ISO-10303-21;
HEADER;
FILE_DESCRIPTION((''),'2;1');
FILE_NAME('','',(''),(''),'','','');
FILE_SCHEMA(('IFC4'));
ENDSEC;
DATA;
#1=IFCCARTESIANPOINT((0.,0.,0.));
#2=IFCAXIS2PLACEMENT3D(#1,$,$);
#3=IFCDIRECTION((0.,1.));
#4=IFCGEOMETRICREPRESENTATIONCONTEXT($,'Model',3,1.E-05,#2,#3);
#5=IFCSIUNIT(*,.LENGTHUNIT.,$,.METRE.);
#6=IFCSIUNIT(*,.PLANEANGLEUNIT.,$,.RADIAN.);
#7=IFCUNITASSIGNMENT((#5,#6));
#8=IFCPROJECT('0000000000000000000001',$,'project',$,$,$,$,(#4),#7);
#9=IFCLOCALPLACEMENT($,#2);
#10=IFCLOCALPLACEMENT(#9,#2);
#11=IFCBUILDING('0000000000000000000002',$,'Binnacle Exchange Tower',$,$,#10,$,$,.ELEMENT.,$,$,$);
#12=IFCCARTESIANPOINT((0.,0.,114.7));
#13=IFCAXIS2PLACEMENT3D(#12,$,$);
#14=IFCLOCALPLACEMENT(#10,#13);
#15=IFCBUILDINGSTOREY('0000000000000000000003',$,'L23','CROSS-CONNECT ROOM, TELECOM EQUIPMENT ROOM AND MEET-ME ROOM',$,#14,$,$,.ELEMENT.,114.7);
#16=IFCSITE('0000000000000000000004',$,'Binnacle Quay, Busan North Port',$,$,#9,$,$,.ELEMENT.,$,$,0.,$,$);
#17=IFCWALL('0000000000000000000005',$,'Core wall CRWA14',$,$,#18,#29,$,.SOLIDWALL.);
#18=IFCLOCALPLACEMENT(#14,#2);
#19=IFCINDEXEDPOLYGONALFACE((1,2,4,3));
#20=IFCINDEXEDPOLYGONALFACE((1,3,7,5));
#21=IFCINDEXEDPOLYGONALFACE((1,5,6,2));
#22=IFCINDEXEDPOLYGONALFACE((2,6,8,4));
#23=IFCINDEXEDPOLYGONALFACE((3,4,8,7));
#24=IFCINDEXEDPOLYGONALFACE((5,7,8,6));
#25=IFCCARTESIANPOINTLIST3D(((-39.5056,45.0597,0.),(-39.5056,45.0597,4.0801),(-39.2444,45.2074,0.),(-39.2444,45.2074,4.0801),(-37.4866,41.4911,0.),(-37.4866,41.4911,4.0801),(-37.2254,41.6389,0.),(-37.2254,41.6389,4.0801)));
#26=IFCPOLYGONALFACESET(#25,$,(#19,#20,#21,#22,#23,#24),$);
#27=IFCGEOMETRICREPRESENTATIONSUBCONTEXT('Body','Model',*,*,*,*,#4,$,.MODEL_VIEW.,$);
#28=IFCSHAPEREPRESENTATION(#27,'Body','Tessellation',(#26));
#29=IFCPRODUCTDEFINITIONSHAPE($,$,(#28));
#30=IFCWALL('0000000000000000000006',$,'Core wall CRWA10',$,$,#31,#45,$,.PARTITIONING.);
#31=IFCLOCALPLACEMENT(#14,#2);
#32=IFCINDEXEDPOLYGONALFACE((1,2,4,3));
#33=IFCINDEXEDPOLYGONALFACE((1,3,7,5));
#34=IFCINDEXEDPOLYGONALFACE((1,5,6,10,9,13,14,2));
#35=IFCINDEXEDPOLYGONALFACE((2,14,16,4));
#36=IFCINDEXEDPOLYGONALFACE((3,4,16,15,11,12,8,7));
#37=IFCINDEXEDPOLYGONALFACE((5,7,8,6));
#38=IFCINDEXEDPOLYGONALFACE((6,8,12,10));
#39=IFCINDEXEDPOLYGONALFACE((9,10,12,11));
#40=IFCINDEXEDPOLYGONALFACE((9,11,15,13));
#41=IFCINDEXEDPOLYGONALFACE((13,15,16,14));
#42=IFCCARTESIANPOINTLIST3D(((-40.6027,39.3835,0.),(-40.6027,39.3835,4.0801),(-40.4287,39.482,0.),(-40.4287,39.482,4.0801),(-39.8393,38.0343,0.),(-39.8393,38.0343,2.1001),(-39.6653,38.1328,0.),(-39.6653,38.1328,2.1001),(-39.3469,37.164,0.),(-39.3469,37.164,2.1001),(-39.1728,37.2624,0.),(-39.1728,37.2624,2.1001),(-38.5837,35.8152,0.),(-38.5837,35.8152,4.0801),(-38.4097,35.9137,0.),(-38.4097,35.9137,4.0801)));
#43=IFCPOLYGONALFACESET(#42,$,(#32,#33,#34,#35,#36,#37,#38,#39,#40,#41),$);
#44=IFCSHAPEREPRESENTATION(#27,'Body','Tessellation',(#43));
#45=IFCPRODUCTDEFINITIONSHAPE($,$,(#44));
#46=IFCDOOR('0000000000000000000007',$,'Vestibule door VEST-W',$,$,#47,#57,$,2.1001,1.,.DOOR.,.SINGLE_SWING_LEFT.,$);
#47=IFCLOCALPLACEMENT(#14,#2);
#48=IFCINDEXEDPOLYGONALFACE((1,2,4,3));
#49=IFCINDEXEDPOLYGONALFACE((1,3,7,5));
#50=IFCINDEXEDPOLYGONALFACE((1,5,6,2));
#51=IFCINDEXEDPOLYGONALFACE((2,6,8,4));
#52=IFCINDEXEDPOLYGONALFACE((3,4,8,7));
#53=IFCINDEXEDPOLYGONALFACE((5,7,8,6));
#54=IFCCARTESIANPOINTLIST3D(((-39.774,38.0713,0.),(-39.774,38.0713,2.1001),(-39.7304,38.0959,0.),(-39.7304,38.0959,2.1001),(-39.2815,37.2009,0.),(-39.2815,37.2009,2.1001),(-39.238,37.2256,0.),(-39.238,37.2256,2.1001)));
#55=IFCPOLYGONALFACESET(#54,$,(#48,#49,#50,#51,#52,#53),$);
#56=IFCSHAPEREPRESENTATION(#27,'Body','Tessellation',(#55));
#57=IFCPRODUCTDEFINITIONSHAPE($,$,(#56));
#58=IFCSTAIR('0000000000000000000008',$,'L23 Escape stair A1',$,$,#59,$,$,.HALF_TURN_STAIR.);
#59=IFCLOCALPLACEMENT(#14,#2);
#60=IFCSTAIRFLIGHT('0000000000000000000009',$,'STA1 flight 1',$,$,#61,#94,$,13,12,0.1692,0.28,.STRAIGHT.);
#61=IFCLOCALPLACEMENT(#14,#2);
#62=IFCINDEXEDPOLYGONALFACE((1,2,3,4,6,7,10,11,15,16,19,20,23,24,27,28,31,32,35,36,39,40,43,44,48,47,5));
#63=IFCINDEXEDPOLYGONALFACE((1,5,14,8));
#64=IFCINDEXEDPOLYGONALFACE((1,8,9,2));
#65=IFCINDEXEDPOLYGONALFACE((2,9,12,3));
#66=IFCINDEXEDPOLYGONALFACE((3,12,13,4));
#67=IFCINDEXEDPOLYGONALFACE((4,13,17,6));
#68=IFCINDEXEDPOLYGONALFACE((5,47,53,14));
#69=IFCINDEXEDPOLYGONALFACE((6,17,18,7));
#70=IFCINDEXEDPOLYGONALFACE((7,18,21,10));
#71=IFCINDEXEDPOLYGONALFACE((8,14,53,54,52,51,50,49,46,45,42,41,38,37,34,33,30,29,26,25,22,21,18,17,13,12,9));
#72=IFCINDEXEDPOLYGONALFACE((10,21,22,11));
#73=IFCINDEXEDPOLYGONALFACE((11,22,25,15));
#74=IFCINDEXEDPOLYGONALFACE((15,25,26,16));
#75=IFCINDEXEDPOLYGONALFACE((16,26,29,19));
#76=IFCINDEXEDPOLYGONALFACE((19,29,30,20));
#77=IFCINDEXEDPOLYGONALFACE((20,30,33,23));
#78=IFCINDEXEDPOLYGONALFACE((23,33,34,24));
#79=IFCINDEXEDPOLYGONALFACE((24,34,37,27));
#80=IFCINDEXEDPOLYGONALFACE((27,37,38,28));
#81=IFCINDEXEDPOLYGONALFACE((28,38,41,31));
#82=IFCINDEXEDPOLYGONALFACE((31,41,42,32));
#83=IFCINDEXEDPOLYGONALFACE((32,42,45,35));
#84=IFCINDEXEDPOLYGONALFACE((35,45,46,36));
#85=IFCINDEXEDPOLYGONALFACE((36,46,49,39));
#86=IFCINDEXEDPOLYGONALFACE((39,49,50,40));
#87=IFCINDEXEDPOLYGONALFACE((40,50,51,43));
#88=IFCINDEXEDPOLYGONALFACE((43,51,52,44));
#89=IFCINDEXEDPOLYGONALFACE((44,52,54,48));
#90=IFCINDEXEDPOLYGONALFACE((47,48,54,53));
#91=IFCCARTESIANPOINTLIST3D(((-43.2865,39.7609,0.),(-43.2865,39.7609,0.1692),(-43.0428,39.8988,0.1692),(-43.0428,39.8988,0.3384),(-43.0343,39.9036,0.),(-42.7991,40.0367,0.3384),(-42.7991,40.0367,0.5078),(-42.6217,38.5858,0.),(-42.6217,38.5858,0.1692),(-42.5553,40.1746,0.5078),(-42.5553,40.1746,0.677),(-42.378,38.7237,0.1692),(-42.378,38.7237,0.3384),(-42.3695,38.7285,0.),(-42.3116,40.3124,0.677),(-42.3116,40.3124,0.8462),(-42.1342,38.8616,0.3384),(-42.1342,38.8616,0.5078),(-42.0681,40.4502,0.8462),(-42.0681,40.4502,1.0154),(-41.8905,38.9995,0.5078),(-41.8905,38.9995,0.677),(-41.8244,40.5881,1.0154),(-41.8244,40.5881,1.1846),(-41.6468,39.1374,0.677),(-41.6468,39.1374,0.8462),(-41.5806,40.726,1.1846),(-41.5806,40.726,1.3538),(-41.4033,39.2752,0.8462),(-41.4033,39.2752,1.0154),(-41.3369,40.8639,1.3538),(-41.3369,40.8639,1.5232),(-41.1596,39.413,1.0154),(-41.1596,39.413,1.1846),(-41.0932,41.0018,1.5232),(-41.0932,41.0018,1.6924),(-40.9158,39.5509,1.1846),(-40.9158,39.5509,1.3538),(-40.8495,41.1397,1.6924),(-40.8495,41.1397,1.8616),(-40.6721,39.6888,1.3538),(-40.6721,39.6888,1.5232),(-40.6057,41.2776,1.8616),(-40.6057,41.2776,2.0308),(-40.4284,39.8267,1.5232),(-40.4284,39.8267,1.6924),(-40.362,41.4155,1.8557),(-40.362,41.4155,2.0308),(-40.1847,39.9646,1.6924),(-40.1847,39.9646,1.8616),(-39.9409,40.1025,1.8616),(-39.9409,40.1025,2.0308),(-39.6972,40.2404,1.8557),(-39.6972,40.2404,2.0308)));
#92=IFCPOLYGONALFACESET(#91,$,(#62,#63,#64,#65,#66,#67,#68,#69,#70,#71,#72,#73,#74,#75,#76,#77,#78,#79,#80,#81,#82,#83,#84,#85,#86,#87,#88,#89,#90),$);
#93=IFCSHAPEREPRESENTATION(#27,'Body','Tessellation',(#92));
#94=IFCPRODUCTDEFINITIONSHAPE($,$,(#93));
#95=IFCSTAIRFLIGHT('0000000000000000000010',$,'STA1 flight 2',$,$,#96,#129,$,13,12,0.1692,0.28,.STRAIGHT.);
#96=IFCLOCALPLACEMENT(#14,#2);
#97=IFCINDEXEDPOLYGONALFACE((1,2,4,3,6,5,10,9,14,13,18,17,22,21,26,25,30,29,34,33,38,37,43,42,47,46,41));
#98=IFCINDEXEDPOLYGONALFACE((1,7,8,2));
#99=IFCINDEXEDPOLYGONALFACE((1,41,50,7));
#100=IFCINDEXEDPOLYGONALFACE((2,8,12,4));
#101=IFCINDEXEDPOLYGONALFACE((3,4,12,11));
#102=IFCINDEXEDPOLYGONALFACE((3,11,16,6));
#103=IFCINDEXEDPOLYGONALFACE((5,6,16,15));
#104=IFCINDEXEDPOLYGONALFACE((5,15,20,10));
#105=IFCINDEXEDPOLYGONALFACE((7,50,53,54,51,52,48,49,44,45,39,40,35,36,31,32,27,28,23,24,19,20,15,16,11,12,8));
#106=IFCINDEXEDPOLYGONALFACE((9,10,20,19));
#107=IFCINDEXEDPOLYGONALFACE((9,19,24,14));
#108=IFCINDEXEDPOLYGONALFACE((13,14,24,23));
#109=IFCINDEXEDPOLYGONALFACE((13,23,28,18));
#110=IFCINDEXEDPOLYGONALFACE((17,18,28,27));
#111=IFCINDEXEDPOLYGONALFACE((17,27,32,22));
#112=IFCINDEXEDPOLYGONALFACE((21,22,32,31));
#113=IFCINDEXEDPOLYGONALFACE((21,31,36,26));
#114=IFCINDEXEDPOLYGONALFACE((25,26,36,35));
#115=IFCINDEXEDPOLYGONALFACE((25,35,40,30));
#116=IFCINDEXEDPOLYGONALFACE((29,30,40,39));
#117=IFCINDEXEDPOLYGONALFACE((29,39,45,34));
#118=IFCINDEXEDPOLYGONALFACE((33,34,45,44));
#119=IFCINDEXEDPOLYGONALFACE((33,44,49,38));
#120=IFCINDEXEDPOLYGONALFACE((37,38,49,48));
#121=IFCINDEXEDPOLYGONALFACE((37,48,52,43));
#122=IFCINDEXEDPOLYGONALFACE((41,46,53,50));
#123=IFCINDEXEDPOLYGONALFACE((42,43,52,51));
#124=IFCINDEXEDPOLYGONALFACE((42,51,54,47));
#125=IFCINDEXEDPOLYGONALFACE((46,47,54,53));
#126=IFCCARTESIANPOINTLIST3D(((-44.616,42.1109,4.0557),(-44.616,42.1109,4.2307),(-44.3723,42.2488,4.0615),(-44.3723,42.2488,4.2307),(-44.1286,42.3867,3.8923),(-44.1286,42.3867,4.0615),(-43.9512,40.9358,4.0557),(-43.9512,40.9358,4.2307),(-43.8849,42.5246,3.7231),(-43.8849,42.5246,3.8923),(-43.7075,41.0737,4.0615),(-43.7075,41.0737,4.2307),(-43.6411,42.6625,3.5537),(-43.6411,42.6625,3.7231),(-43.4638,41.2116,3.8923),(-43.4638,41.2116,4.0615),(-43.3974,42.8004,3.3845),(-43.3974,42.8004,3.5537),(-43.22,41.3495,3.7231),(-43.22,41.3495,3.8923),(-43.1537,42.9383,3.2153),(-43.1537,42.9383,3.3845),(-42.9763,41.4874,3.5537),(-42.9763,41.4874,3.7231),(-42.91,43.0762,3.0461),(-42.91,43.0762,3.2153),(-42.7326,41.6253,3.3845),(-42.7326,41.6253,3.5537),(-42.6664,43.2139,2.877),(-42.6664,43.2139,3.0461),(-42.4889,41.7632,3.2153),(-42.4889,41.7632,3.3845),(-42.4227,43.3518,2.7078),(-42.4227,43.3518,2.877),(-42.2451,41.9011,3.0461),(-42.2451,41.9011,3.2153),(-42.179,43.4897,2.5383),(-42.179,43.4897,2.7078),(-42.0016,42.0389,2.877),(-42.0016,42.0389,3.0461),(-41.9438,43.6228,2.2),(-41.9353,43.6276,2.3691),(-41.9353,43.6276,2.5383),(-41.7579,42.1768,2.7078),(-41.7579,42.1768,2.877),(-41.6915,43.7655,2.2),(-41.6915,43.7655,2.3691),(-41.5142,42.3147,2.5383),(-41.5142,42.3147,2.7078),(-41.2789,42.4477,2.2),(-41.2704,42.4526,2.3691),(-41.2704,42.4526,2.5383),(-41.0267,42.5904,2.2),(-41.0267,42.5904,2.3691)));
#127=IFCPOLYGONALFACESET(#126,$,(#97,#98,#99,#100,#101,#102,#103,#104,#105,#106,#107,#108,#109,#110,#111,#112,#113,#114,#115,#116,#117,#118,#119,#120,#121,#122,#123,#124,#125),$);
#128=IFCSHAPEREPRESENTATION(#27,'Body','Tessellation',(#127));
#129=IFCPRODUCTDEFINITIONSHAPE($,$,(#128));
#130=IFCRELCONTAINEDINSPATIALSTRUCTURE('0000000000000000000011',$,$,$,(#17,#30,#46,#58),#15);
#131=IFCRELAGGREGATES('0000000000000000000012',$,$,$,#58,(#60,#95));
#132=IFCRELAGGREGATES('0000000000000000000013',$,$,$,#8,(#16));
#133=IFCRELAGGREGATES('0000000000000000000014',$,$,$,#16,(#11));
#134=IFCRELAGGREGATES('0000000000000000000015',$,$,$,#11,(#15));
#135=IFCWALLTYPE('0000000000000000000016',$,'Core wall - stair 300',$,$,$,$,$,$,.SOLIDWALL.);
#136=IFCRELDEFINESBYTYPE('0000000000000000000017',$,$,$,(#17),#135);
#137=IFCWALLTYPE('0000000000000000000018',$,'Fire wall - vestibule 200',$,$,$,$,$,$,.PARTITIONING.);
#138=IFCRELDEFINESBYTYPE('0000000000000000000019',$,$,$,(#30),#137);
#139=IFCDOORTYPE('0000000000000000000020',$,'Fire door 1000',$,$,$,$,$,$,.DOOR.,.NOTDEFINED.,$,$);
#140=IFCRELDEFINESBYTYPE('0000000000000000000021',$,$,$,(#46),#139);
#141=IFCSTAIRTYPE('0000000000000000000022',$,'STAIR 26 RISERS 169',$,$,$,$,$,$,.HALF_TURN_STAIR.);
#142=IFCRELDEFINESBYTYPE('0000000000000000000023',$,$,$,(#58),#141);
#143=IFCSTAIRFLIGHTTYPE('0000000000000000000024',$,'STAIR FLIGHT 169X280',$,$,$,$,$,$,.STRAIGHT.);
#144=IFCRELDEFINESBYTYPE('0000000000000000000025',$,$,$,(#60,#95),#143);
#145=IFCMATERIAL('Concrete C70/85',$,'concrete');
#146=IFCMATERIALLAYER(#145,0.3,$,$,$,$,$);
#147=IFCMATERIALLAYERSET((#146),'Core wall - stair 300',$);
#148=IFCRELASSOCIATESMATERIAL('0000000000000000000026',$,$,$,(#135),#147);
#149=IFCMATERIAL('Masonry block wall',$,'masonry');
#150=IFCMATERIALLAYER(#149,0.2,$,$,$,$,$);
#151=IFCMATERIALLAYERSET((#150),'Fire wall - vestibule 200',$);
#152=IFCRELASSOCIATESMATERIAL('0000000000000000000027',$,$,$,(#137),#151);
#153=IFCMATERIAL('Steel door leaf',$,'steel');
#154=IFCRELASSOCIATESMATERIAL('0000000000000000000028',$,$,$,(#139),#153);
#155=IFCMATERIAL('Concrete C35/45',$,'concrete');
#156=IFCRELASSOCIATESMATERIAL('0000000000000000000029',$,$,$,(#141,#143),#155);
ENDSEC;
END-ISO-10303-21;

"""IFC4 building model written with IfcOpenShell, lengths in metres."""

from ifc_helpers import new_model, si_unit, direction, frame, frame_2d, origin, place, context, subcontext, project, spatial, polyline, rectangle, outline, extrude, material, layer, layer_set, type_object, element, fill, aggregate, save


model = new_model("IFC4")

# Units and contexts
model_context = context("Model", 3, precision=1e-05, world=origin(), true_north=direction((0.0, 1.0)))
body_context = subcontext(model_context, "Body", "Model", "MODEL_VIEW")
ifc_project = project(units=[si_unit("LENGTHUNIT", "METRE"), si_unit("PLANEANGLEUNIT", "RADIAN")], contexts=[model_context])

# Site, building, storey
site_placement = place(None, origin())
site = spatial("IfcSite", under=ifc_project, at=site_placement, Name="Binnacle Quay, Busan North Port", CompositionType="ELEMENT", RefElevation=0.0)
building_placement = place(site_placement, origin())
building = spatial("IfcBuilding", under=site, at=building_placement, Name="Binnacle Exchange Tower", CompositionType="ELEMENT")
storey_placement = place(building_placement, frame((0.0, 0.0, 114.7)))
storey = spatial("IfcBuildingStorey", under=building, at=storey_placement, Name="L23", Description="CROSS-CONNECT ROOM, TELECOM EQUIPMENT ROOM AND MEET-ME ROOM", CompositionType="ELEMENT", Elevation=114.7)

# Shared definitions
ifc_material_1 = material(Name="Concrete C70/85", Category="concrete")

# Shared definitions
ifc_material_2 = material(Name="Steel door leaf", Category="steel")

# Wall
ifc_layer_1 = layer(ifc_material_1, 0.3)
ifc_layer_set_1 = layer_set([ifc_layer_1], Name="Core wall - stair 300")
wall_type_1 = type_object("IfcWallType", Name="Core wall - stair 300", PredefinedType="SOLIDWALL", material=ifc_layer_set_1)
wall_1_placement = place(storey_placement, frame((-39.375, 45.1335, 0.0), z_axis=(0.0, 0.0, 1.0), x_axis=(0.492428, -0.870353, 0.0)))
element("IfcWall", 1, at=wall_1_placement, inside=storey, type_object=wall_type_1, Name="Core wall CRWA14", PredefinedType="SOLIDWALL", context=body_context, shape_type="SweptSolid", body=[
    extrude(rectangle(XDim=4.1001, YDim=0.3, at=frame_2d((2.05, 0.0))), origin(), (0.0, 0.0, 1.0), 4.0801),
])

# Wall, opening, door
ifc_material_3 = material(Name="Masonry block wall", Category="masonry")
ifc_layer_2 = layer(ifc_material_3, 0.2)
ifc_layer_set_2 = layer_set([ifc_layer_2], Name="Fire wall - vestibule 200")
wall_type_2 = type_object("IfcWallType", Name="Fire wall - vestibule 200", PredefinedType="PARTITIONING", material=ifc_layer_set_2)
wall_2_placement = place(storey_placement, frame((-40.5156, 39.4326, 0.0), z_axis=(0.0, 0.0, 1.0), x_axis=(0.492454, -0.870339, 0.0)))
wall_2 = element("IfcWall", 2, at=wall_2_placement, inside=storey, type_object=wall_type_2, Name="Core wall CRWA10", PredefinedType="PARTITIONING", context=body_context, shape_type="SweptSolid", body=[
    extrude(rectangle(XDim=4.0999, YDim=0.2, at=frame_2d((2.0498, 0.0))), origin(), (0.0, 0.0, 1.0), 4.0801),
])
opening_1_placement = place(wall_2_placement, frame((1.55, 0.0, 0.0)))
opening_1 = element("IfcOpeningElement", 3, at=opening_1_placement, cuts=wall_2, PredefinedType="OPENING", context=body_context, shape_type="SweptSolid", body=[
    extrude(rectangle(XDim=1.0, YDim=2.1001, at=frame_2d((0.5, 1.05))), frame((0.0, 0.1099, 0.0), z_axis=(0.0, -1.0, 0.0), x_axis=(1.0, 0.0, 0.0)), (0.0, 0.0, 1.0), 0.22),
])
door_type_1 = type_object("IfcDoorType", Name="Fire door 1000", OperationType="NOTDEFINED", PredefinedType="DOOR", material=ifc_material_2)
door_1_placement = place(opening_1_placement, frame((1.0, 0.0, 0.0), z_axis=(0.0, 0.0, 1.0), x_axis=(-1.0, 0.0, 0.0)))
door_1 = element("IfcDoor", 4, at=door_1_placement, inside=storey, type_object=door_type_1, Name="Vestibule door VEST-W", OperationType="SINGLE_SWING_LEFT", OverallHeight=2.1001, OverallWidth=1.0, PredefinedType="DOOR", context=body_context, shape_type="SweptSolid", body=[
    extrude(rectangle(XDim=1.0, YDim=2.1001, at=frame_2d((0.5, 1.05))), frame((0.0, 0.0249, 0.0), z_axis=(0.0, -1.0, 0.0), x_axis=(1.0, 0.0, 0.0)), (0.0, 0.0, 1.0), 0.05),
])
fill(opening_1, door_1)

# Stair, stair flights
ifc_material_4 = material(Name="Concrete C35/45", Category="concrete")
stair_type = type_object("IfcStairType", Name="STAIR 26 RISERS 169", PredefinedType="HALF_TURN_STAIR", material=ifc_material_4)
stair_placement = place(storey_placement, origin())
stair = element("IfcStair", 5, at=stair_placement, inside=storey, type_object=stair_type, Name="L23 Escape stair A1", PredefinedType="HALF_TURN_STAIR")
stair_flight_type = type_object("IfcStairFlightType", Name="STAIR FLIGHT 169X280", PredefinedType="STRAIGHT", material=ifc_material_4)
stair_flight_1_placement = place(storey_placement, frame((-42.9541, 39.1733, 0.0), z_axis=(0.0, 0.0, 1.0), x_axis=(0.870356, 0.492424, 0.0)))
stair_flight_1 = element("IfcStairFlight", 6, at=stair_flight_1_placement, type_object=stair_flight_type, Name="STA1 flight 1", NumberOfRisers=13, NumberOfTreads=12, PredefinedType="STRAIGHT", RiserHeight=0.1692, TreadLength=0.28, context=body_context, shape_type="SweptSolid", body=[
    extrude(outline(polyline([(0.0, 0.0), (0.0, 0.1692), (0.28, 0.1692), (0.28, 0.3384), (0.5601, 0.3384), (0.5601, 0.5078), (0.8401, 0.5078), (0.8401, 0.677), (1.1201, 0.677), (1.1201, 0.8462), (1.3999, 0.8462), (1.3999, 1.0154), (1.6799, 1.0154), (1.6799, 1.1846), (1.96, 1.1846), (1.96, 1.3538), (2.24, 1.3538), (2.24, 1.5232), (2.52, 1.5232), (2.52, 1.6924), (2.8, 1.6924), (2.8, 1.8616), (3.0801, 1.8616), (3.0801, 2.0308), (3.3601, 2.0308), (3.3601, 2.2), (3.3601, 1.8557), (0.2898, 0.0), (0.0, 0.0)])), frame((0.0, 0.675, 0.0), z_axis=(0.0, -1.0, 0.0), x_axis=(1.0, 0.0, 0.0)), (0.0, 0.0, 1.0), 1.3501),
])
stair_flight_2_placement = place(storey_placement, frame((-41.3591, 43.178, 2.2), z_axis=(0.0, 0.0, 1.0), x_axis=(-0.870356, -0.492424, 0.0)))
stair_flight_2 = element("IfcStairFlight", 7, at=stair_flight_2_placement, type_object=stair_flight_type, Name="STA1 flight 2", NumberOfRisers=13, NumberOfTreads=12, PredefinedType="STRAIGHT", RiserHeight=0.1692, TreadLength=0.28, context=body_context, shape_type="SweptSolid", body=[
    extrude(outline(polyline([(0.0, 0.0), (0.0, 0.1692), (0.28, 0.1692), (0.28, 0.3384), (0.5601, 0.3384), (0.5601, 0.5078), (0.8401, 0.5078), (0.8401, 0.677), (1.1201, 0.677), (1.1201, 0.8462), (1.3999, 0.8462), (1.3999, 1.0154), (1.6799, 1.0154), (1.6799, 1.1846), (1.96, 1.1846), (1.96, 1.3538), (2.24, 1.3538), (2.24, 1.5232), (2.52, 1.5232), (2.52, 1.6924), (2.8, 1.6924), (2.8, 1.8616), (3.0801, 1.8616), (3.0801, 2.0308), (3.3601, 2.0308), (3.3601, 2.2), (3.3601, 1.8557), (0.2898, 0.0), (0.0, 0.0)])), frame((0.0, 0.675, 0.0), z_axis=(0.0, -1.0, 0.0), x_axis=(1.0, 0.0, 0.0)), (0.0, 0.0, 1.0), 1.3501),
])
aggregate(stair, [stair_flight_1, stair_flight_2])

save(model, "model.ifc")
